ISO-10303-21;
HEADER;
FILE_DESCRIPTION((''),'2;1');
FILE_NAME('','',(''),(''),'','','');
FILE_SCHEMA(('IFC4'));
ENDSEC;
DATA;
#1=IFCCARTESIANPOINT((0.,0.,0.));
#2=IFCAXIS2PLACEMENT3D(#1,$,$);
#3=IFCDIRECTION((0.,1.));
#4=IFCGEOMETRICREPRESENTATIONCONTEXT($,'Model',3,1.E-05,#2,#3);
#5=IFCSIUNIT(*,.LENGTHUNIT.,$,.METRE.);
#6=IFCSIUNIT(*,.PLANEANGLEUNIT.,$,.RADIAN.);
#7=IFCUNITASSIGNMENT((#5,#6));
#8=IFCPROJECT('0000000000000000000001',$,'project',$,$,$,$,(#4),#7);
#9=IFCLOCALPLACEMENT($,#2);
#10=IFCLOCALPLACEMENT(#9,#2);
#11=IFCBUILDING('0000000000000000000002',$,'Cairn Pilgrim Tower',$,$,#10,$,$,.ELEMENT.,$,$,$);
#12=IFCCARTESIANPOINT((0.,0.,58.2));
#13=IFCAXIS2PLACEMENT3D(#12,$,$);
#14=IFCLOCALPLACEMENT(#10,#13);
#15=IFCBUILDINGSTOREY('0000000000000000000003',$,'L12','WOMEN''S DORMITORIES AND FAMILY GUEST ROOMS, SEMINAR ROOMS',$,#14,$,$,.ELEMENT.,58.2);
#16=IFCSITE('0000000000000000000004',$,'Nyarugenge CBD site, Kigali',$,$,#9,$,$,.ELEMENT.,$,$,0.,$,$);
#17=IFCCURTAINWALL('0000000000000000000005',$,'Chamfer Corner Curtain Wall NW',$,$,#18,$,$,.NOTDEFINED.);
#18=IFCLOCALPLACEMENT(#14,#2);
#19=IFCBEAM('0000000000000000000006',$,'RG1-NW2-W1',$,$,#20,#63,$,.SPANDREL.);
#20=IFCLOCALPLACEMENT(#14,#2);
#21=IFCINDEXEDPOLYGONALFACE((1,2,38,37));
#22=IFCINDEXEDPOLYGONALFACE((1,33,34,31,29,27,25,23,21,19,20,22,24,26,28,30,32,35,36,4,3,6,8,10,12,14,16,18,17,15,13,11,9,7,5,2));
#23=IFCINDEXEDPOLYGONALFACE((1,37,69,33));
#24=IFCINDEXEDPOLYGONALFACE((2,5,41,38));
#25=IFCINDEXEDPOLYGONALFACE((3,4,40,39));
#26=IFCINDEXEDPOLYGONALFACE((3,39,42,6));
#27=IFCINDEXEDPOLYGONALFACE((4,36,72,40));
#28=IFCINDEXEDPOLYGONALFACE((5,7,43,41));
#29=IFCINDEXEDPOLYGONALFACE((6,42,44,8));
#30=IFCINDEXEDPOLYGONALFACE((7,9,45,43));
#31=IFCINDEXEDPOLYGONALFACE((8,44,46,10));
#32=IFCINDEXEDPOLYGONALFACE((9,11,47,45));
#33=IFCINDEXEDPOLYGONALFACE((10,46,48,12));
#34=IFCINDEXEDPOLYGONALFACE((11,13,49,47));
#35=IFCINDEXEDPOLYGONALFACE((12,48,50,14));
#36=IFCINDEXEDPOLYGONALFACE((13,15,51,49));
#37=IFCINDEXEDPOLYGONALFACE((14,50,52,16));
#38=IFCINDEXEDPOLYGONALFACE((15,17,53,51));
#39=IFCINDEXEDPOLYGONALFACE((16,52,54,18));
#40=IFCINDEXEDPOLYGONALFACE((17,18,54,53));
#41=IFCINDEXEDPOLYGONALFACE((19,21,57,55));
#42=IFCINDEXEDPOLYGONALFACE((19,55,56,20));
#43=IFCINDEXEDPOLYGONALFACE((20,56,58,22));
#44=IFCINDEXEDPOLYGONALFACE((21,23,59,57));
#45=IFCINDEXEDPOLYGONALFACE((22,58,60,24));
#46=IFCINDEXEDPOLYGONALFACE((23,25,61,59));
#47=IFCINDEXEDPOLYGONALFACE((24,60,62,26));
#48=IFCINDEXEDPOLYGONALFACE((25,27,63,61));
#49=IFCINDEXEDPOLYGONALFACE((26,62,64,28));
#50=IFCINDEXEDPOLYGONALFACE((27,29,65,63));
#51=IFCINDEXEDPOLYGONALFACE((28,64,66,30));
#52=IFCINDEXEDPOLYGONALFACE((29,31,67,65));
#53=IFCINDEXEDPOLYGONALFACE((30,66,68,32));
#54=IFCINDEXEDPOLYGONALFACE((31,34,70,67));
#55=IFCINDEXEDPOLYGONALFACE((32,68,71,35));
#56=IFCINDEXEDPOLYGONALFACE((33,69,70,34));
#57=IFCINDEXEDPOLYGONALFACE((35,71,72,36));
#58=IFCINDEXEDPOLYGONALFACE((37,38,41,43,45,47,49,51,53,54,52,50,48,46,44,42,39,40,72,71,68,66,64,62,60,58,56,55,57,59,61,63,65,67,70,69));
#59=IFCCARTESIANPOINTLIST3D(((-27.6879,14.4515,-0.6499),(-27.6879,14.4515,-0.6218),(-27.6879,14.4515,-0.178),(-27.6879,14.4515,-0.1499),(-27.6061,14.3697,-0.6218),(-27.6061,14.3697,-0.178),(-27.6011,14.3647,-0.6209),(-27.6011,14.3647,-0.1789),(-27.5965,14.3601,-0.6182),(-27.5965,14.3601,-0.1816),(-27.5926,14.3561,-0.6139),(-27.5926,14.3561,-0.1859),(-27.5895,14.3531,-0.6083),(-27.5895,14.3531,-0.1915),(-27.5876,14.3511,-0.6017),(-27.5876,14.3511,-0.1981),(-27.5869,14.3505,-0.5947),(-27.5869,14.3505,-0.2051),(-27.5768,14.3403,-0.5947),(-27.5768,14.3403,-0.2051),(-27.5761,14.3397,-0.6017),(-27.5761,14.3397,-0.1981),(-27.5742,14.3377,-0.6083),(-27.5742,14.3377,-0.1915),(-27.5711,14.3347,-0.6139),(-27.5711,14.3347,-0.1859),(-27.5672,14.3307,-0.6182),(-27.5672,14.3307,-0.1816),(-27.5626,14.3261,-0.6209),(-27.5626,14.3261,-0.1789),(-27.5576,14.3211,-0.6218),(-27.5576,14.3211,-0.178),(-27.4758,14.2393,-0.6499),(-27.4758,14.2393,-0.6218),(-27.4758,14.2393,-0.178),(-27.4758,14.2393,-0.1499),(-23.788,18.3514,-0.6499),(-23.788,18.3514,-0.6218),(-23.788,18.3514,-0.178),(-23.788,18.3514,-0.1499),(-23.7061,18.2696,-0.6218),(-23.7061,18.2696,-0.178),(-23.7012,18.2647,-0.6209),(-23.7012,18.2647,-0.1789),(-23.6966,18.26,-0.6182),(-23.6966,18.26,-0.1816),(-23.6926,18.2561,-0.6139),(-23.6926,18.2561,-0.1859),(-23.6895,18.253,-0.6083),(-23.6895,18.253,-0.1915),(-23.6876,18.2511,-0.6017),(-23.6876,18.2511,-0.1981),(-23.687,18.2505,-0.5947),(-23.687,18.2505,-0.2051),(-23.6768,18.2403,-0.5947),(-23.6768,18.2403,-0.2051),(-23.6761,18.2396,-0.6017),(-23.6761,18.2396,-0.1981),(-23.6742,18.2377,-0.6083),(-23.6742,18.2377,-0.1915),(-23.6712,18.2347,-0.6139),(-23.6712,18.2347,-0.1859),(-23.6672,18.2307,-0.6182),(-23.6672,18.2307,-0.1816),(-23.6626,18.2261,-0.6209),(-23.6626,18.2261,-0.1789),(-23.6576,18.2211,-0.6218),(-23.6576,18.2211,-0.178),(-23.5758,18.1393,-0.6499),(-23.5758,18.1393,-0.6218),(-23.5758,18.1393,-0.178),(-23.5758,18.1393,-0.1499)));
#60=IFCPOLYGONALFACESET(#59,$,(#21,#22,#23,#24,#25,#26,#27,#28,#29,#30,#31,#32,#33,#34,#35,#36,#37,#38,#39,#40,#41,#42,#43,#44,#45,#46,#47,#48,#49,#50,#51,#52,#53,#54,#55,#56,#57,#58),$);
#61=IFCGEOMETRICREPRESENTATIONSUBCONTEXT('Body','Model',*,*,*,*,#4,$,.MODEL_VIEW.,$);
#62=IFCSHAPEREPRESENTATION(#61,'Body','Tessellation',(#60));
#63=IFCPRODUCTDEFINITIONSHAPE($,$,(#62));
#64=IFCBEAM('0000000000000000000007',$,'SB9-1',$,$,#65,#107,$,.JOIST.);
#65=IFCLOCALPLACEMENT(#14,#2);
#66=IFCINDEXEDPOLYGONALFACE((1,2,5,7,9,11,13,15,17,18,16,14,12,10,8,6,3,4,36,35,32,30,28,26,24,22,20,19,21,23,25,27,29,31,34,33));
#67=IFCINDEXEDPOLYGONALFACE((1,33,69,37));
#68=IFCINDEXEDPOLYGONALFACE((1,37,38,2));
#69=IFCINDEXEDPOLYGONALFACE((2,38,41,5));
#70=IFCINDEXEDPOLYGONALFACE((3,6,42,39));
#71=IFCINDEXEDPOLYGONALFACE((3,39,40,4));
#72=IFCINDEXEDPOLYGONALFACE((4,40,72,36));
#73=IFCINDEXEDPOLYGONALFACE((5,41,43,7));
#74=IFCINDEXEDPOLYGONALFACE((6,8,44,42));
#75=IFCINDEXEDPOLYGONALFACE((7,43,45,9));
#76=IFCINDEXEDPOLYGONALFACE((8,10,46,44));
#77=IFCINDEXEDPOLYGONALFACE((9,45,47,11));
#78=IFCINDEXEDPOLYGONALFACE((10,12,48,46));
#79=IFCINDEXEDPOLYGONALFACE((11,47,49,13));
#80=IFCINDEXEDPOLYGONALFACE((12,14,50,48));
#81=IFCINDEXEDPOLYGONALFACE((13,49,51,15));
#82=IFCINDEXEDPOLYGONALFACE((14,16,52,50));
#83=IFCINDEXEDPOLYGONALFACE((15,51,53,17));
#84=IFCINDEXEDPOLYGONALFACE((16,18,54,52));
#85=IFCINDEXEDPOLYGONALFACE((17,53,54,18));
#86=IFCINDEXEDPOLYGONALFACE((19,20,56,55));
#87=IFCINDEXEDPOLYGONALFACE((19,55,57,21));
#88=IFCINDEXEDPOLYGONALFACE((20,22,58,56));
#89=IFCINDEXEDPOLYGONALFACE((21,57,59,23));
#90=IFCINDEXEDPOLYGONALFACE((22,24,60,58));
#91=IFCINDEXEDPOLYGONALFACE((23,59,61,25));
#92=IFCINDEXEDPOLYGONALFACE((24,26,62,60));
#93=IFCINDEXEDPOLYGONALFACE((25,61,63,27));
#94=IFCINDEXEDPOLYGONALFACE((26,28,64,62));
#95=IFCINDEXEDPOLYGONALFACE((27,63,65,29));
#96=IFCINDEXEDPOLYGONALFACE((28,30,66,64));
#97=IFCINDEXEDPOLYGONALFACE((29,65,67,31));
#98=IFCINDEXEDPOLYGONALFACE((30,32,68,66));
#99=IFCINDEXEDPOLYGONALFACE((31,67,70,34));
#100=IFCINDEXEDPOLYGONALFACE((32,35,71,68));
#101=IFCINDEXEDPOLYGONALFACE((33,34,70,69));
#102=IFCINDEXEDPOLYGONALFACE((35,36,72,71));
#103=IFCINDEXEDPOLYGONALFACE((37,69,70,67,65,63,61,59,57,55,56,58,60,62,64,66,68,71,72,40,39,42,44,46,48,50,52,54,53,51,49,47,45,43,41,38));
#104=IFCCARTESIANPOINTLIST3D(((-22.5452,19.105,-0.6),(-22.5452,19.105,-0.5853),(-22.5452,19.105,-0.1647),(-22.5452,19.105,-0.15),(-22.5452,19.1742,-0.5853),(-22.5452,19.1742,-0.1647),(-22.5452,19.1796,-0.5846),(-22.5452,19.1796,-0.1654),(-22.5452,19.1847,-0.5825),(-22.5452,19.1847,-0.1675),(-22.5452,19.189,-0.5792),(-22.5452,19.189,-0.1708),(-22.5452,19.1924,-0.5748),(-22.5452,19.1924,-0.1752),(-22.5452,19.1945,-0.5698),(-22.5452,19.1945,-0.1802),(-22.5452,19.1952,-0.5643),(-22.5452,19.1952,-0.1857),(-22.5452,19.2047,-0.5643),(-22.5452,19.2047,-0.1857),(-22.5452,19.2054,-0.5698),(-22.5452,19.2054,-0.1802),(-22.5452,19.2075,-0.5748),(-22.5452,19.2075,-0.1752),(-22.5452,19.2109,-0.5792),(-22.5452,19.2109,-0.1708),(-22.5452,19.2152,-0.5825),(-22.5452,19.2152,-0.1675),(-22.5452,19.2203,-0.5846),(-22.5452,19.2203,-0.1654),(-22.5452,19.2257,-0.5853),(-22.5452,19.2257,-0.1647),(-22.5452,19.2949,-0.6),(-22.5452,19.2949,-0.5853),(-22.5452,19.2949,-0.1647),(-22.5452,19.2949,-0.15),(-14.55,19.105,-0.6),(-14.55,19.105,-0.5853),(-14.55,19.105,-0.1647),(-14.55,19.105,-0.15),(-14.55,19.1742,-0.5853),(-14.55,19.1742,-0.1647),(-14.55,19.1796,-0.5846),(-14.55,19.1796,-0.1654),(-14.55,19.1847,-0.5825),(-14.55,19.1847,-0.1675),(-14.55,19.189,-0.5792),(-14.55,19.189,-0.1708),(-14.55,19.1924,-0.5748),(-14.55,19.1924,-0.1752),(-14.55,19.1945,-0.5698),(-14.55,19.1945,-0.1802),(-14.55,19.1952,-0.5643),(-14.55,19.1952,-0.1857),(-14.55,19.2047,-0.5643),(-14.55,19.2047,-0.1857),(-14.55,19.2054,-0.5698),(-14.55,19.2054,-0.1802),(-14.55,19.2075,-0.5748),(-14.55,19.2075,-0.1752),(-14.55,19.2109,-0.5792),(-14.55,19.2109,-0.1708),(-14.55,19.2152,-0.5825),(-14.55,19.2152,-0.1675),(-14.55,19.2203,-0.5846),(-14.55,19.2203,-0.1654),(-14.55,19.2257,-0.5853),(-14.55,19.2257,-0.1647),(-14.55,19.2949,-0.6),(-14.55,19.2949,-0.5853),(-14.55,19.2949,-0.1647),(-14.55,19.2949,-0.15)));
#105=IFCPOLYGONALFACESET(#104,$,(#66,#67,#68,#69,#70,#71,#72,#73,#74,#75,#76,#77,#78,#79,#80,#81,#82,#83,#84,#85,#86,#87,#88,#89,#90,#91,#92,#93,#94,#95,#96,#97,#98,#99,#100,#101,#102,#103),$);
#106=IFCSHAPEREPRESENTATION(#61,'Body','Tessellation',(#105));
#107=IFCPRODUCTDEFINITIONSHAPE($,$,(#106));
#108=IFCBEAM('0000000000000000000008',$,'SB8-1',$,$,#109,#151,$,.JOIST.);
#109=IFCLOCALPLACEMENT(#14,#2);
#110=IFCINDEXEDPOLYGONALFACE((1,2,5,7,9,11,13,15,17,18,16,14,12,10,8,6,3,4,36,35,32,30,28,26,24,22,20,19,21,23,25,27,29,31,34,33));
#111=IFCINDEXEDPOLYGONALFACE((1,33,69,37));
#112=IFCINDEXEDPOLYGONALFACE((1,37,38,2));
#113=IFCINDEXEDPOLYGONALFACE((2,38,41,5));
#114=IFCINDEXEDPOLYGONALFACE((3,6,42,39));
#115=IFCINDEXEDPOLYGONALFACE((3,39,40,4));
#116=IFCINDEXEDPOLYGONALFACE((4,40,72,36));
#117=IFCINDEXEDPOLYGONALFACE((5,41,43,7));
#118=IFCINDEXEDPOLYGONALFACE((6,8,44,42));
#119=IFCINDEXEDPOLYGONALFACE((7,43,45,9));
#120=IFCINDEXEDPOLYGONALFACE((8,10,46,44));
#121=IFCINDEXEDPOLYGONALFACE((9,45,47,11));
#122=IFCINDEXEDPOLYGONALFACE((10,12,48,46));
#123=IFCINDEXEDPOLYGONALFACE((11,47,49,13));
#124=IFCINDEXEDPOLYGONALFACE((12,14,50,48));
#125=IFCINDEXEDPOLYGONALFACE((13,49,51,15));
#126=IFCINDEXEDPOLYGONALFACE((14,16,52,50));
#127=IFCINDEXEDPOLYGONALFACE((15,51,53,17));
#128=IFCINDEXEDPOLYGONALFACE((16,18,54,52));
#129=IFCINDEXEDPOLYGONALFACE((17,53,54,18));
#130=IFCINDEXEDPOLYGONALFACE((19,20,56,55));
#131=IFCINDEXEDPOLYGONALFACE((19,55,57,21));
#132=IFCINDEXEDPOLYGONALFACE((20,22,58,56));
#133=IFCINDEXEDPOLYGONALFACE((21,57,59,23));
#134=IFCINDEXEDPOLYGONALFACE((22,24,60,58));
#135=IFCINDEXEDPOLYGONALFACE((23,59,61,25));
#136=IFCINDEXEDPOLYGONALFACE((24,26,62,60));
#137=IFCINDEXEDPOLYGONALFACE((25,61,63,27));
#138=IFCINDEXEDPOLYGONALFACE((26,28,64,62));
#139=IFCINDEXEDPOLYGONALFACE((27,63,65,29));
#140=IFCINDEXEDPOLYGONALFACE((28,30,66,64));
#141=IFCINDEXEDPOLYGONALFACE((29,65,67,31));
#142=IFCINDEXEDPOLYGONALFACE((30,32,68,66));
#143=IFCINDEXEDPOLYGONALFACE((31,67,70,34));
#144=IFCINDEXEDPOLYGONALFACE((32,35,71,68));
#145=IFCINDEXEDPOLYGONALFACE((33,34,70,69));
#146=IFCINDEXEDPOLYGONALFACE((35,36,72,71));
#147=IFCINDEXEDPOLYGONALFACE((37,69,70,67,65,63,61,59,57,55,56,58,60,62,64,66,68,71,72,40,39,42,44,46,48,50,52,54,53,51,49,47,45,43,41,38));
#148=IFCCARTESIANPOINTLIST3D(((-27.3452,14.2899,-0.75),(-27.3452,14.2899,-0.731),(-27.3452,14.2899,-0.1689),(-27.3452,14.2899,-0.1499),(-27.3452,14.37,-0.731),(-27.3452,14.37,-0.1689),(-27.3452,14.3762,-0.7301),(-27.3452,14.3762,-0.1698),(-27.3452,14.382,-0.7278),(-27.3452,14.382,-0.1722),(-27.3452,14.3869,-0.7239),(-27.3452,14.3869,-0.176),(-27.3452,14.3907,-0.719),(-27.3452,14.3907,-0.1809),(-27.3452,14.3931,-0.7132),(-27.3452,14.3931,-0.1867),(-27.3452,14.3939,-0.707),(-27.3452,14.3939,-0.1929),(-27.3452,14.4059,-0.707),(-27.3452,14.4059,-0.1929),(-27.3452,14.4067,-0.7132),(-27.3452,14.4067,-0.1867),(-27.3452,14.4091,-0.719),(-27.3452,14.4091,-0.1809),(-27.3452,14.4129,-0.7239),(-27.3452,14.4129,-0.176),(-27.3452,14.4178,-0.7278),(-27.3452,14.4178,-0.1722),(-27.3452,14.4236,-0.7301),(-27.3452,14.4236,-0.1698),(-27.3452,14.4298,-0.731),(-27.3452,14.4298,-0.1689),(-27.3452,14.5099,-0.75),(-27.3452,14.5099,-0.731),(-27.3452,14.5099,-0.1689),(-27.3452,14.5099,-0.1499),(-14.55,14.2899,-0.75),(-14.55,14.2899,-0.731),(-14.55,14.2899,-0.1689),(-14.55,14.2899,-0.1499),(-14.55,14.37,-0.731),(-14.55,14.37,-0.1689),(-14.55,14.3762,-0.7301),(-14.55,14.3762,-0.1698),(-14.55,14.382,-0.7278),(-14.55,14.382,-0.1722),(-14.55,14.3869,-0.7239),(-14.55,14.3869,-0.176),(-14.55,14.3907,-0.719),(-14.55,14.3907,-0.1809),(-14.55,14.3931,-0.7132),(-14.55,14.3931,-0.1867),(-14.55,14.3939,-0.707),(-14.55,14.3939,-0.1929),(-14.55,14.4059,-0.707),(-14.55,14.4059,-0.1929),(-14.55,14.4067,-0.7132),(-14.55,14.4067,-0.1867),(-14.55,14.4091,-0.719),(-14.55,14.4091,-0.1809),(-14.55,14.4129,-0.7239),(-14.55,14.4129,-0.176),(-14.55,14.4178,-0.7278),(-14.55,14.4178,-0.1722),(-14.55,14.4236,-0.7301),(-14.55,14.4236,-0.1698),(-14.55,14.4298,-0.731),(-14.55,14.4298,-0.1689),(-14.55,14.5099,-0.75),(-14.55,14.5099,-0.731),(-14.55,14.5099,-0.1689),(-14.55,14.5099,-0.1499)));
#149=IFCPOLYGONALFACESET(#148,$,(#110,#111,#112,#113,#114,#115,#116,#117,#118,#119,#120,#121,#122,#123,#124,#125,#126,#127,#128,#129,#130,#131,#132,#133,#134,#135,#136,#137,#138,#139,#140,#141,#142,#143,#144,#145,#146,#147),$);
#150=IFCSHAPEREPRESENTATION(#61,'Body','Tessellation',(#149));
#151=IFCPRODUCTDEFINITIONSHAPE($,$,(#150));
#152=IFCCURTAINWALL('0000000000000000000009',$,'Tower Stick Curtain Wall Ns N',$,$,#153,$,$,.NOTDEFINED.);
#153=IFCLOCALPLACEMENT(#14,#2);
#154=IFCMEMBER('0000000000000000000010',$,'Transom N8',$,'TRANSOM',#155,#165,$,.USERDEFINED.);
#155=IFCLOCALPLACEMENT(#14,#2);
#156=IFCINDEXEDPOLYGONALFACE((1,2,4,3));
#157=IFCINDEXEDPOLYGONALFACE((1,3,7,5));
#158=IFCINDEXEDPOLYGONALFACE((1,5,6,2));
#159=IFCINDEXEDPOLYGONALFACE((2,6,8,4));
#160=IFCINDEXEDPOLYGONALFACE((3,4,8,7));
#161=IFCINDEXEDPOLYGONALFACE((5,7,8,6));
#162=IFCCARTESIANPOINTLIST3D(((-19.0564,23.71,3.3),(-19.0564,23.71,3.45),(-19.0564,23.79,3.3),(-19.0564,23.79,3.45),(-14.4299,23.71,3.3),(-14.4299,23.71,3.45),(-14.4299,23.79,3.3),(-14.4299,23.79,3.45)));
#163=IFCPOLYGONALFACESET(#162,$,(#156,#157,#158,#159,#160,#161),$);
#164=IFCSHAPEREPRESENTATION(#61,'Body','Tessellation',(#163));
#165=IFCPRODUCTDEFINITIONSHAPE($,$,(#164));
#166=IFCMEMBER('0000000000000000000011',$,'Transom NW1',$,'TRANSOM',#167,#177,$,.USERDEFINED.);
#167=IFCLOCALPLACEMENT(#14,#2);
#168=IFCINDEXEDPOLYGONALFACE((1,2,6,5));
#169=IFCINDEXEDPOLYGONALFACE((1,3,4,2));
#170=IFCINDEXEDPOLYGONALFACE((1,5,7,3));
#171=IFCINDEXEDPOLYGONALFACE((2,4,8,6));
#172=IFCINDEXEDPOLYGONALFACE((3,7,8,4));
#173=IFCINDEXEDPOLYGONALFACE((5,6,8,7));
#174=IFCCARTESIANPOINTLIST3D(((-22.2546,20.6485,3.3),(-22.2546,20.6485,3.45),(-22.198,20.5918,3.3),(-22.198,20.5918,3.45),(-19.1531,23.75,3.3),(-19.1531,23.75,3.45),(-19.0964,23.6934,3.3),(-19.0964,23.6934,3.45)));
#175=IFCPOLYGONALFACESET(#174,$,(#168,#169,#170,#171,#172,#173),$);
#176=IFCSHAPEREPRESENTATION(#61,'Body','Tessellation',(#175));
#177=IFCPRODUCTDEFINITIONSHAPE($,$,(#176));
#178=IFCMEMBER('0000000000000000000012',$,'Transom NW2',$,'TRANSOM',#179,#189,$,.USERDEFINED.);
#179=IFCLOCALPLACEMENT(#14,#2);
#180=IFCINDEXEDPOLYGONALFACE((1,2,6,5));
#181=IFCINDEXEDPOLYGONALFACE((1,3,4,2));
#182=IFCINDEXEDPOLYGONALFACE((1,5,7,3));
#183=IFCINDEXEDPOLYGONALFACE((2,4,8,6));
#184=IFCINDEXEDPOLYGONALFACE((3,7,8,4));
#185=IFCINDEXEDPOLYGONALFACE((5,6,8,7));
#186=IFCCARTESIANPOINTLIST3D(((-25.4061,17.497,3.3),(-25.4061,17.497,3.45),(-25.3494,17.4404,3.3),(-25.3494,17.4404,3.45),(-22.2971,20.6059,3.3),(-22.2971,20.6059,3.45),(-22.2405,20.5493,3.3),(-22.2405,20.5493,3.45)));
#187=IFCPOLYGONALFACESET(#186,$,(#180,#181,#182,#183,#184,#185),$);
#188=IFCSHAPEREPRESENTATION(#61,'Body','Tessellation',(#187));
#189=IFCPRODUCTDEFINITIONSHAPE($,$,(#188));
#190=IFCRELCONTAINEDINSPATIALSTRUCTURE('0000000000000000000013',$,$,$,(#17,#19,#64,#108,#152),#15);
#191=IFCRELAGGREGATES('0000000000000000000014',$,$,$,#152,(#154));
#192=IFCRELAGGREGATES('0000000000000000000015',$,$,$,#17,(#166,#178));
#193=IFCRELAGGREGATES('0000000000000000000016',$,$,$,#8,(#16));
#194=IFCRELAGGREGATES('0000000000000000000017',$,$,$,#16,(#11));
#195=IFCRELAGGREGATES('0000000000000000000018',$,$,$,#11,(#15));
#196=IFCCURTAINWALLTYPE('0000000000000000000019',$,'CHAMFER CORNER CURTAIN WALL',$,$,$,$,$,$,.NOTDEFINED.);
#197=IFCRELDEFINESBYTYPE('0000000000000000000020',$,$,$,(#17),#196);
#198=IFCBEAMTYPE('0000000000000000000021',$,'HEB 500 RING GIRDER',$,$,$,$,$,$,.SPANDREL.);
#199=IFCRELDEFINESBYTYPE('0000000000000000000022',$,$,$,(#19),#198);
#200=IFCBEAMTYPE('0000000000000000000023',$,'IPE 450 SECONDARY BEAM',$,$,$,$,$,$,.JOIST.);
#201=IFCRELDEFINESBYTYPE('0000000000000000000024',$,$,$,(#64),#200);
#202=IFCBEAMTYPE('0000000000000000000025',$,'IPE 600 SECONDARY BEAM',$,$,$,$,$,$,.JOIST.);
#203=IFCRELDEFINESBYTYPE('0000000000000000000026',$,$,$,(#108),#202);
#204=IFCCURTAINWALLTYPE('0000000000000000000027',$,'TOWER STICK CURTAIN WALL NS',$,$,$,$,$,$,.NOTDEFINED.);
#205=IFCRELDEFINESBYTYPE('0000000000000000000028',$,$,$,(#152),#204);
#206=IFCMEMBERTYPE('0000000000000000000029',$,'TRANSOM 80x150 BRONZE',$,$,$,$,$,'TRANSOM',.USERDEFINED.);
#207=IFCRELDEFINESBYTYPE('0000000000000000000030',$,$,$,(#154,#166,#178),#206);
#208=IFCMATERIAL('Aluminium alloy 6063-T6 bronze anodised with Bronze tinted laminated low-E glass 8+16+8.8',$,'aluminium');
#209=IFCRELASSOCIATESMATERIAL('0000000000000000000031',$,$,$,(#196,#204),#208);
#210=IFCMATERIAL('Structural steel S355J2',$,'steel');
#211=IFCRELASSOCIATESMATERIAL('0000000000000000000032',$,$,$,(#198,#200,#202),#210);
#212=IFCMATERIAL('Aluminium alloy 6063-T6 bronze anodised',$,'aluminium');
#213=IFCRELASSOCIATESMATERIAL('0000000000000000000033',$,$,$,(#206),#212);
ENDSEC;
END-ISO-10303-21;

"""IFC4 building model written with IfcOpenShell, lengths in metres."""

from ifc_helpers import new_model, si_unit, direction, frame, origin, origin_2d, place, context, subcontext, project, spatial, rectangle, i_section, extrude, material, material_profile, profile_set, type_object, element, aggregate, save


model = new_model("IFC4")

# Units and contexts
model_context = context("Model", 3, precision=1e-05, world=origin(), true_north=direction((0.0, 1.0)))
body_context = subcontext(model_context, "Body", "Model", "MODEL_VIEW")
ifc_project = project(units=[si_unit("LENGTHUNIT", "METRE"), si_unit("PLANEANGLEUNIT", "RADIAN")], contexts=[model_context])

# Site, building, storey
site_placement = place(None, origin())
site = spatial("IfcSite", under=ifc_project, at=site_placement, Name="Nyarugenge CBD site, Kigali", CompositionType="ELEMENT", RefElevation=0.0)
building_placement = place(site_placement, origin())
building = spatial("IfcBuilding", under=site, at=building_placement, Name="Cairn Pilgrim Tower", CompositionType="ELEMENT")
storey_placement = place(building_placement, frame((0.0, 0.0, 58.2)))
storey = spatial("IfcBuildingStorey", under=building, at=storey_placement, Name="L12", Description="WOMEN'S DORMITORIES AND FAMILY GUEST ROOMS, SEMINAR ROOMS", CompositionType="ELEMENT", Elevation=58.2)

# Shared definitions
ifc_material_1 = material(Name="Structural steel S355J2", Category="steel")

# Curtain wall
ifc_material_2 = material(Name="Aluminium alloy 6063-T6 bronze anodised with Bronze tinted laminated low-E glass 8+16+8.8", Category="aluminium")
curtain_wall_type_1 = type_object("IfcCurtainWallType", Name="CHAMFER CORNER CURTAIN WALL", PredefinedType="NOTDEFINED", material=ifc_material_2)
curtain_wall_1_placement = place(storey_placement, origin())
curtain_wall_1 = element("IfcCurtainWall", 1, at=curtain_wall_1_placement, inside=storey, type_object=curtain_wall_type_1, Name="Chamfer Corner Curtain Wall NW", PredefinedType="NOTDEFINED")
ifc_material_3 = material(Name="Aluminium alloy 6063-T6 bronze anodised", Category="aluminium")

# Beams
ifc_material_profile_1 = material_profile(ifc_material_1, i_section(OverallWidth=0.3, OverallDepth=0.5, WebThickness=0.0144, FlangeThickness=0.0281, FilletRadius=0.0271, at=origin_2d()), Name="HEB 500")
ifc_profile_set_1 = profile_set([ifc_material_profile_1], Name="Structural steel S355J2")
beam_type_1 = type_object("IfcBeamType", Name="HEB 500 RING GIRDER", PredefinedType="SPANDREL", material=ifc_profile_set_1)
beam_1_placement = place(storey_placement, frame((-23.6819, 18.2454, -0.3999), z_axis=(-0.707107, -0.707107, 0.0), x_axis=(0.707107, -0.707107, 0.0)))
element("IfcBeam", 2, at=beam_1_placement, inside=storey, type_object=beam_type_1, Name="RG1-NW2-W1", PredefinedType="SPANDREL", context=body_context, shape_type="SweptSolid", body=[
    extrude(i_section(OverallWidth=0.3, OverallDepth=0.5, WebThickness=0.0144, FlangeThickness=0.0281, FilletRadius=0.0271, at=origin_2d()), origin(), (0.0, 0.0, 1.0), 5.5154),
])
ifc_material_profile_2 = material_profile(ifc_material_1, i_section(OverallWidth=0.1899, OverallDepth=0.45, WebThickness=0.0095, FlangeThickness=0.0146, FilletRadius=0.021, at=origin_2d()), Name="IPE 450")
ifc_profile_set_2 = profile_set([ifc_material_profile_2], Name="Structural steel S355J2")
beam_type_2 = type_object("IfcBeamType", Name="IPE 450 SECONDARY BEAM", PredefinedType="JOIST", material=ifc_profile_set_2)
beam_2_placement = place(storey_placement, frame((-22.5452, 19.2, -0.375), z_axis=(1.0, 0.0, 0.0), x_axis=(0.0, 1.0, 0.0)))
element("IfcBeam", 3, at=beam_2_placement, inside=storey, type_object=beam_type_2, Name="SB9-1", PredefinedType="JOIST", context=body_context, shape_type="SweptSolid", body=[
    extrude(i_section(OverallWidth=0.1899, OverallDepth=0.45, WebThickness=0.0095, FlangeThickness=0.0146, FilletRadius=0.021, at=origin_2d()), origin(), (0.0, 0.0, 1.0), 7.9951),
])
ifc_material_profile_3 = material_profile(ifc_material_1, i_section(OverallWidth=0.22, OverallDepth=0.6001, WebThickness=0.012, FlangeThickness=0.019, FilletRadius=0.0239, at=origin_2d()), Name="IPE 600")
ifc_profile_set_3 = profile_set([ifc_material_profile_3], Name="Structural steel S355J2")
beam_type_3 = type_object("IfcBeamType", Name="IPE 600 SECONDARY BEAM", PredefinedType="JOIST", material=ifc_profile_set_3)
beam_3_placement = place(storey_placement, frame((-27.3452, 14.3999, -0.45), z_axis=(1.0, 0.0, 0.0), x_axis=(0.0, 1.0, 0.0)))
element("IfcBeam", 4, at=beam_3_placement, inside=storey, type_object=beam_type_3, Name="SB8-1", PredefinedType="JOIST", context=body_context, shape_type="SweptSolid", body=[
    extrude(i_section(OverallWidth=0.22, OverallDepth=0.6001, WebThickness=0.012, FlangeThickness=0.019, FilletRadius=0.0239, at=origin_2d()), origin(), (0.0, 0.0, 1.0), 12.7952),
])

# Curtain wall, member
curtain_wall_type_2 = type_object("IfcCurtainWallType", Name="TOWER STICK CURTAIN WALL NS", PredefinedType="NOTDEFINED", material=ifc_material_2)
curtain_wall_2_placement = place(storey_placement, origin())
curtain_wall_2 = element("IfcCurtainWall", 5, at=curtain_wall_2_placement, inside=storey, type_object=curtain_wall_type_2, Name="Tower Stick Curtain Wall Ns N", PredefinedType="NOTDEFINED")
ifc_material_profile_4 = material_profile(ifc_material_3, rectangle(XDim=0.0801, YDim=0.1499, at=origin_2d()), Name="TRANSOM 80x150 BRONZE")
ifc_profile_set_4 = profile_set([ifc_material_profile_4], Name="Aluminium alloy 6063-T6 bronze anodised")
member_type_1 = type_object("IfcMemberType", Name="TRANSOM 80x150 BRONZE", ElementType="TRANSOM", PredefinedType="USERDEFINED", material=ifc_profile_set_4)
member_1_placement = place(storey_placement, frame((-14.4299, 23.75, 3.375), z_axis=(-1.0, 0.0, 0.0), x_axis=(0.0, -1.0, 0.0)))
member_1 = element("IfcMember", 6, at=member_1_placement, type_object=member_type_1, Name="Transom N8", ObjectType="TRANSOM", PredefinedType="USERDEFINED", context=body_context, shape_type="SweptSolid", body=[
    extrude(rectangle(XDim=0.0801, YDim=0.1499, at=origin_2d()), origin(), (0.0, 0.0, 1.0), 4.6265),
])

# Members
member_2_placement = place(storey_placement, frame((-19.1248, 23.7217, 3.375), z_axis=(-0.707107, -0.707107, 0.0), x_axis=(0.707107, -0.707107, 0.0)))
member_2 = element("IfcMember", 7, at=member_2_placement, type_object=member_type_1, Name="Transom NW1", ObjectType="TRANSOM", PredefinedType="USERDEFINED", context=body_context, shape_type="SweptSolid", body=[
    extrude(rectangle(XDim=0.0801, YDim=0.1499, at=origin_2d()), origin(), (0.0, 0.0, 1.0), 4.3862),
])
member_3_placement = place(storey_placement, frame((-22.2688, 20.5776, 3.375), z_axis=(-0.707107, -0.707107, 0.0), x_axis=(0.707107, -0.707107, 0.0)))
member_3 = element("IfcMember", 8, at=member_3_placement, type_object=member_type_1, Name="Transom NW2", ObjectType="TRANSOM", PredefinedType="USERDEFINED", context=body_context, shape_type="SweptSolid", body=[
    extrude(rectangle(XDim=0.0801, YDim=0.1499, at=origin_2d()), origin(), (0.0, 0.0, 1.0), 4.3967),
])

aggregate(curtain_wall_2, [member_1])
aggregate(curtain_wall_1, [member_2, member_3])

save(model, "model.ifc")
